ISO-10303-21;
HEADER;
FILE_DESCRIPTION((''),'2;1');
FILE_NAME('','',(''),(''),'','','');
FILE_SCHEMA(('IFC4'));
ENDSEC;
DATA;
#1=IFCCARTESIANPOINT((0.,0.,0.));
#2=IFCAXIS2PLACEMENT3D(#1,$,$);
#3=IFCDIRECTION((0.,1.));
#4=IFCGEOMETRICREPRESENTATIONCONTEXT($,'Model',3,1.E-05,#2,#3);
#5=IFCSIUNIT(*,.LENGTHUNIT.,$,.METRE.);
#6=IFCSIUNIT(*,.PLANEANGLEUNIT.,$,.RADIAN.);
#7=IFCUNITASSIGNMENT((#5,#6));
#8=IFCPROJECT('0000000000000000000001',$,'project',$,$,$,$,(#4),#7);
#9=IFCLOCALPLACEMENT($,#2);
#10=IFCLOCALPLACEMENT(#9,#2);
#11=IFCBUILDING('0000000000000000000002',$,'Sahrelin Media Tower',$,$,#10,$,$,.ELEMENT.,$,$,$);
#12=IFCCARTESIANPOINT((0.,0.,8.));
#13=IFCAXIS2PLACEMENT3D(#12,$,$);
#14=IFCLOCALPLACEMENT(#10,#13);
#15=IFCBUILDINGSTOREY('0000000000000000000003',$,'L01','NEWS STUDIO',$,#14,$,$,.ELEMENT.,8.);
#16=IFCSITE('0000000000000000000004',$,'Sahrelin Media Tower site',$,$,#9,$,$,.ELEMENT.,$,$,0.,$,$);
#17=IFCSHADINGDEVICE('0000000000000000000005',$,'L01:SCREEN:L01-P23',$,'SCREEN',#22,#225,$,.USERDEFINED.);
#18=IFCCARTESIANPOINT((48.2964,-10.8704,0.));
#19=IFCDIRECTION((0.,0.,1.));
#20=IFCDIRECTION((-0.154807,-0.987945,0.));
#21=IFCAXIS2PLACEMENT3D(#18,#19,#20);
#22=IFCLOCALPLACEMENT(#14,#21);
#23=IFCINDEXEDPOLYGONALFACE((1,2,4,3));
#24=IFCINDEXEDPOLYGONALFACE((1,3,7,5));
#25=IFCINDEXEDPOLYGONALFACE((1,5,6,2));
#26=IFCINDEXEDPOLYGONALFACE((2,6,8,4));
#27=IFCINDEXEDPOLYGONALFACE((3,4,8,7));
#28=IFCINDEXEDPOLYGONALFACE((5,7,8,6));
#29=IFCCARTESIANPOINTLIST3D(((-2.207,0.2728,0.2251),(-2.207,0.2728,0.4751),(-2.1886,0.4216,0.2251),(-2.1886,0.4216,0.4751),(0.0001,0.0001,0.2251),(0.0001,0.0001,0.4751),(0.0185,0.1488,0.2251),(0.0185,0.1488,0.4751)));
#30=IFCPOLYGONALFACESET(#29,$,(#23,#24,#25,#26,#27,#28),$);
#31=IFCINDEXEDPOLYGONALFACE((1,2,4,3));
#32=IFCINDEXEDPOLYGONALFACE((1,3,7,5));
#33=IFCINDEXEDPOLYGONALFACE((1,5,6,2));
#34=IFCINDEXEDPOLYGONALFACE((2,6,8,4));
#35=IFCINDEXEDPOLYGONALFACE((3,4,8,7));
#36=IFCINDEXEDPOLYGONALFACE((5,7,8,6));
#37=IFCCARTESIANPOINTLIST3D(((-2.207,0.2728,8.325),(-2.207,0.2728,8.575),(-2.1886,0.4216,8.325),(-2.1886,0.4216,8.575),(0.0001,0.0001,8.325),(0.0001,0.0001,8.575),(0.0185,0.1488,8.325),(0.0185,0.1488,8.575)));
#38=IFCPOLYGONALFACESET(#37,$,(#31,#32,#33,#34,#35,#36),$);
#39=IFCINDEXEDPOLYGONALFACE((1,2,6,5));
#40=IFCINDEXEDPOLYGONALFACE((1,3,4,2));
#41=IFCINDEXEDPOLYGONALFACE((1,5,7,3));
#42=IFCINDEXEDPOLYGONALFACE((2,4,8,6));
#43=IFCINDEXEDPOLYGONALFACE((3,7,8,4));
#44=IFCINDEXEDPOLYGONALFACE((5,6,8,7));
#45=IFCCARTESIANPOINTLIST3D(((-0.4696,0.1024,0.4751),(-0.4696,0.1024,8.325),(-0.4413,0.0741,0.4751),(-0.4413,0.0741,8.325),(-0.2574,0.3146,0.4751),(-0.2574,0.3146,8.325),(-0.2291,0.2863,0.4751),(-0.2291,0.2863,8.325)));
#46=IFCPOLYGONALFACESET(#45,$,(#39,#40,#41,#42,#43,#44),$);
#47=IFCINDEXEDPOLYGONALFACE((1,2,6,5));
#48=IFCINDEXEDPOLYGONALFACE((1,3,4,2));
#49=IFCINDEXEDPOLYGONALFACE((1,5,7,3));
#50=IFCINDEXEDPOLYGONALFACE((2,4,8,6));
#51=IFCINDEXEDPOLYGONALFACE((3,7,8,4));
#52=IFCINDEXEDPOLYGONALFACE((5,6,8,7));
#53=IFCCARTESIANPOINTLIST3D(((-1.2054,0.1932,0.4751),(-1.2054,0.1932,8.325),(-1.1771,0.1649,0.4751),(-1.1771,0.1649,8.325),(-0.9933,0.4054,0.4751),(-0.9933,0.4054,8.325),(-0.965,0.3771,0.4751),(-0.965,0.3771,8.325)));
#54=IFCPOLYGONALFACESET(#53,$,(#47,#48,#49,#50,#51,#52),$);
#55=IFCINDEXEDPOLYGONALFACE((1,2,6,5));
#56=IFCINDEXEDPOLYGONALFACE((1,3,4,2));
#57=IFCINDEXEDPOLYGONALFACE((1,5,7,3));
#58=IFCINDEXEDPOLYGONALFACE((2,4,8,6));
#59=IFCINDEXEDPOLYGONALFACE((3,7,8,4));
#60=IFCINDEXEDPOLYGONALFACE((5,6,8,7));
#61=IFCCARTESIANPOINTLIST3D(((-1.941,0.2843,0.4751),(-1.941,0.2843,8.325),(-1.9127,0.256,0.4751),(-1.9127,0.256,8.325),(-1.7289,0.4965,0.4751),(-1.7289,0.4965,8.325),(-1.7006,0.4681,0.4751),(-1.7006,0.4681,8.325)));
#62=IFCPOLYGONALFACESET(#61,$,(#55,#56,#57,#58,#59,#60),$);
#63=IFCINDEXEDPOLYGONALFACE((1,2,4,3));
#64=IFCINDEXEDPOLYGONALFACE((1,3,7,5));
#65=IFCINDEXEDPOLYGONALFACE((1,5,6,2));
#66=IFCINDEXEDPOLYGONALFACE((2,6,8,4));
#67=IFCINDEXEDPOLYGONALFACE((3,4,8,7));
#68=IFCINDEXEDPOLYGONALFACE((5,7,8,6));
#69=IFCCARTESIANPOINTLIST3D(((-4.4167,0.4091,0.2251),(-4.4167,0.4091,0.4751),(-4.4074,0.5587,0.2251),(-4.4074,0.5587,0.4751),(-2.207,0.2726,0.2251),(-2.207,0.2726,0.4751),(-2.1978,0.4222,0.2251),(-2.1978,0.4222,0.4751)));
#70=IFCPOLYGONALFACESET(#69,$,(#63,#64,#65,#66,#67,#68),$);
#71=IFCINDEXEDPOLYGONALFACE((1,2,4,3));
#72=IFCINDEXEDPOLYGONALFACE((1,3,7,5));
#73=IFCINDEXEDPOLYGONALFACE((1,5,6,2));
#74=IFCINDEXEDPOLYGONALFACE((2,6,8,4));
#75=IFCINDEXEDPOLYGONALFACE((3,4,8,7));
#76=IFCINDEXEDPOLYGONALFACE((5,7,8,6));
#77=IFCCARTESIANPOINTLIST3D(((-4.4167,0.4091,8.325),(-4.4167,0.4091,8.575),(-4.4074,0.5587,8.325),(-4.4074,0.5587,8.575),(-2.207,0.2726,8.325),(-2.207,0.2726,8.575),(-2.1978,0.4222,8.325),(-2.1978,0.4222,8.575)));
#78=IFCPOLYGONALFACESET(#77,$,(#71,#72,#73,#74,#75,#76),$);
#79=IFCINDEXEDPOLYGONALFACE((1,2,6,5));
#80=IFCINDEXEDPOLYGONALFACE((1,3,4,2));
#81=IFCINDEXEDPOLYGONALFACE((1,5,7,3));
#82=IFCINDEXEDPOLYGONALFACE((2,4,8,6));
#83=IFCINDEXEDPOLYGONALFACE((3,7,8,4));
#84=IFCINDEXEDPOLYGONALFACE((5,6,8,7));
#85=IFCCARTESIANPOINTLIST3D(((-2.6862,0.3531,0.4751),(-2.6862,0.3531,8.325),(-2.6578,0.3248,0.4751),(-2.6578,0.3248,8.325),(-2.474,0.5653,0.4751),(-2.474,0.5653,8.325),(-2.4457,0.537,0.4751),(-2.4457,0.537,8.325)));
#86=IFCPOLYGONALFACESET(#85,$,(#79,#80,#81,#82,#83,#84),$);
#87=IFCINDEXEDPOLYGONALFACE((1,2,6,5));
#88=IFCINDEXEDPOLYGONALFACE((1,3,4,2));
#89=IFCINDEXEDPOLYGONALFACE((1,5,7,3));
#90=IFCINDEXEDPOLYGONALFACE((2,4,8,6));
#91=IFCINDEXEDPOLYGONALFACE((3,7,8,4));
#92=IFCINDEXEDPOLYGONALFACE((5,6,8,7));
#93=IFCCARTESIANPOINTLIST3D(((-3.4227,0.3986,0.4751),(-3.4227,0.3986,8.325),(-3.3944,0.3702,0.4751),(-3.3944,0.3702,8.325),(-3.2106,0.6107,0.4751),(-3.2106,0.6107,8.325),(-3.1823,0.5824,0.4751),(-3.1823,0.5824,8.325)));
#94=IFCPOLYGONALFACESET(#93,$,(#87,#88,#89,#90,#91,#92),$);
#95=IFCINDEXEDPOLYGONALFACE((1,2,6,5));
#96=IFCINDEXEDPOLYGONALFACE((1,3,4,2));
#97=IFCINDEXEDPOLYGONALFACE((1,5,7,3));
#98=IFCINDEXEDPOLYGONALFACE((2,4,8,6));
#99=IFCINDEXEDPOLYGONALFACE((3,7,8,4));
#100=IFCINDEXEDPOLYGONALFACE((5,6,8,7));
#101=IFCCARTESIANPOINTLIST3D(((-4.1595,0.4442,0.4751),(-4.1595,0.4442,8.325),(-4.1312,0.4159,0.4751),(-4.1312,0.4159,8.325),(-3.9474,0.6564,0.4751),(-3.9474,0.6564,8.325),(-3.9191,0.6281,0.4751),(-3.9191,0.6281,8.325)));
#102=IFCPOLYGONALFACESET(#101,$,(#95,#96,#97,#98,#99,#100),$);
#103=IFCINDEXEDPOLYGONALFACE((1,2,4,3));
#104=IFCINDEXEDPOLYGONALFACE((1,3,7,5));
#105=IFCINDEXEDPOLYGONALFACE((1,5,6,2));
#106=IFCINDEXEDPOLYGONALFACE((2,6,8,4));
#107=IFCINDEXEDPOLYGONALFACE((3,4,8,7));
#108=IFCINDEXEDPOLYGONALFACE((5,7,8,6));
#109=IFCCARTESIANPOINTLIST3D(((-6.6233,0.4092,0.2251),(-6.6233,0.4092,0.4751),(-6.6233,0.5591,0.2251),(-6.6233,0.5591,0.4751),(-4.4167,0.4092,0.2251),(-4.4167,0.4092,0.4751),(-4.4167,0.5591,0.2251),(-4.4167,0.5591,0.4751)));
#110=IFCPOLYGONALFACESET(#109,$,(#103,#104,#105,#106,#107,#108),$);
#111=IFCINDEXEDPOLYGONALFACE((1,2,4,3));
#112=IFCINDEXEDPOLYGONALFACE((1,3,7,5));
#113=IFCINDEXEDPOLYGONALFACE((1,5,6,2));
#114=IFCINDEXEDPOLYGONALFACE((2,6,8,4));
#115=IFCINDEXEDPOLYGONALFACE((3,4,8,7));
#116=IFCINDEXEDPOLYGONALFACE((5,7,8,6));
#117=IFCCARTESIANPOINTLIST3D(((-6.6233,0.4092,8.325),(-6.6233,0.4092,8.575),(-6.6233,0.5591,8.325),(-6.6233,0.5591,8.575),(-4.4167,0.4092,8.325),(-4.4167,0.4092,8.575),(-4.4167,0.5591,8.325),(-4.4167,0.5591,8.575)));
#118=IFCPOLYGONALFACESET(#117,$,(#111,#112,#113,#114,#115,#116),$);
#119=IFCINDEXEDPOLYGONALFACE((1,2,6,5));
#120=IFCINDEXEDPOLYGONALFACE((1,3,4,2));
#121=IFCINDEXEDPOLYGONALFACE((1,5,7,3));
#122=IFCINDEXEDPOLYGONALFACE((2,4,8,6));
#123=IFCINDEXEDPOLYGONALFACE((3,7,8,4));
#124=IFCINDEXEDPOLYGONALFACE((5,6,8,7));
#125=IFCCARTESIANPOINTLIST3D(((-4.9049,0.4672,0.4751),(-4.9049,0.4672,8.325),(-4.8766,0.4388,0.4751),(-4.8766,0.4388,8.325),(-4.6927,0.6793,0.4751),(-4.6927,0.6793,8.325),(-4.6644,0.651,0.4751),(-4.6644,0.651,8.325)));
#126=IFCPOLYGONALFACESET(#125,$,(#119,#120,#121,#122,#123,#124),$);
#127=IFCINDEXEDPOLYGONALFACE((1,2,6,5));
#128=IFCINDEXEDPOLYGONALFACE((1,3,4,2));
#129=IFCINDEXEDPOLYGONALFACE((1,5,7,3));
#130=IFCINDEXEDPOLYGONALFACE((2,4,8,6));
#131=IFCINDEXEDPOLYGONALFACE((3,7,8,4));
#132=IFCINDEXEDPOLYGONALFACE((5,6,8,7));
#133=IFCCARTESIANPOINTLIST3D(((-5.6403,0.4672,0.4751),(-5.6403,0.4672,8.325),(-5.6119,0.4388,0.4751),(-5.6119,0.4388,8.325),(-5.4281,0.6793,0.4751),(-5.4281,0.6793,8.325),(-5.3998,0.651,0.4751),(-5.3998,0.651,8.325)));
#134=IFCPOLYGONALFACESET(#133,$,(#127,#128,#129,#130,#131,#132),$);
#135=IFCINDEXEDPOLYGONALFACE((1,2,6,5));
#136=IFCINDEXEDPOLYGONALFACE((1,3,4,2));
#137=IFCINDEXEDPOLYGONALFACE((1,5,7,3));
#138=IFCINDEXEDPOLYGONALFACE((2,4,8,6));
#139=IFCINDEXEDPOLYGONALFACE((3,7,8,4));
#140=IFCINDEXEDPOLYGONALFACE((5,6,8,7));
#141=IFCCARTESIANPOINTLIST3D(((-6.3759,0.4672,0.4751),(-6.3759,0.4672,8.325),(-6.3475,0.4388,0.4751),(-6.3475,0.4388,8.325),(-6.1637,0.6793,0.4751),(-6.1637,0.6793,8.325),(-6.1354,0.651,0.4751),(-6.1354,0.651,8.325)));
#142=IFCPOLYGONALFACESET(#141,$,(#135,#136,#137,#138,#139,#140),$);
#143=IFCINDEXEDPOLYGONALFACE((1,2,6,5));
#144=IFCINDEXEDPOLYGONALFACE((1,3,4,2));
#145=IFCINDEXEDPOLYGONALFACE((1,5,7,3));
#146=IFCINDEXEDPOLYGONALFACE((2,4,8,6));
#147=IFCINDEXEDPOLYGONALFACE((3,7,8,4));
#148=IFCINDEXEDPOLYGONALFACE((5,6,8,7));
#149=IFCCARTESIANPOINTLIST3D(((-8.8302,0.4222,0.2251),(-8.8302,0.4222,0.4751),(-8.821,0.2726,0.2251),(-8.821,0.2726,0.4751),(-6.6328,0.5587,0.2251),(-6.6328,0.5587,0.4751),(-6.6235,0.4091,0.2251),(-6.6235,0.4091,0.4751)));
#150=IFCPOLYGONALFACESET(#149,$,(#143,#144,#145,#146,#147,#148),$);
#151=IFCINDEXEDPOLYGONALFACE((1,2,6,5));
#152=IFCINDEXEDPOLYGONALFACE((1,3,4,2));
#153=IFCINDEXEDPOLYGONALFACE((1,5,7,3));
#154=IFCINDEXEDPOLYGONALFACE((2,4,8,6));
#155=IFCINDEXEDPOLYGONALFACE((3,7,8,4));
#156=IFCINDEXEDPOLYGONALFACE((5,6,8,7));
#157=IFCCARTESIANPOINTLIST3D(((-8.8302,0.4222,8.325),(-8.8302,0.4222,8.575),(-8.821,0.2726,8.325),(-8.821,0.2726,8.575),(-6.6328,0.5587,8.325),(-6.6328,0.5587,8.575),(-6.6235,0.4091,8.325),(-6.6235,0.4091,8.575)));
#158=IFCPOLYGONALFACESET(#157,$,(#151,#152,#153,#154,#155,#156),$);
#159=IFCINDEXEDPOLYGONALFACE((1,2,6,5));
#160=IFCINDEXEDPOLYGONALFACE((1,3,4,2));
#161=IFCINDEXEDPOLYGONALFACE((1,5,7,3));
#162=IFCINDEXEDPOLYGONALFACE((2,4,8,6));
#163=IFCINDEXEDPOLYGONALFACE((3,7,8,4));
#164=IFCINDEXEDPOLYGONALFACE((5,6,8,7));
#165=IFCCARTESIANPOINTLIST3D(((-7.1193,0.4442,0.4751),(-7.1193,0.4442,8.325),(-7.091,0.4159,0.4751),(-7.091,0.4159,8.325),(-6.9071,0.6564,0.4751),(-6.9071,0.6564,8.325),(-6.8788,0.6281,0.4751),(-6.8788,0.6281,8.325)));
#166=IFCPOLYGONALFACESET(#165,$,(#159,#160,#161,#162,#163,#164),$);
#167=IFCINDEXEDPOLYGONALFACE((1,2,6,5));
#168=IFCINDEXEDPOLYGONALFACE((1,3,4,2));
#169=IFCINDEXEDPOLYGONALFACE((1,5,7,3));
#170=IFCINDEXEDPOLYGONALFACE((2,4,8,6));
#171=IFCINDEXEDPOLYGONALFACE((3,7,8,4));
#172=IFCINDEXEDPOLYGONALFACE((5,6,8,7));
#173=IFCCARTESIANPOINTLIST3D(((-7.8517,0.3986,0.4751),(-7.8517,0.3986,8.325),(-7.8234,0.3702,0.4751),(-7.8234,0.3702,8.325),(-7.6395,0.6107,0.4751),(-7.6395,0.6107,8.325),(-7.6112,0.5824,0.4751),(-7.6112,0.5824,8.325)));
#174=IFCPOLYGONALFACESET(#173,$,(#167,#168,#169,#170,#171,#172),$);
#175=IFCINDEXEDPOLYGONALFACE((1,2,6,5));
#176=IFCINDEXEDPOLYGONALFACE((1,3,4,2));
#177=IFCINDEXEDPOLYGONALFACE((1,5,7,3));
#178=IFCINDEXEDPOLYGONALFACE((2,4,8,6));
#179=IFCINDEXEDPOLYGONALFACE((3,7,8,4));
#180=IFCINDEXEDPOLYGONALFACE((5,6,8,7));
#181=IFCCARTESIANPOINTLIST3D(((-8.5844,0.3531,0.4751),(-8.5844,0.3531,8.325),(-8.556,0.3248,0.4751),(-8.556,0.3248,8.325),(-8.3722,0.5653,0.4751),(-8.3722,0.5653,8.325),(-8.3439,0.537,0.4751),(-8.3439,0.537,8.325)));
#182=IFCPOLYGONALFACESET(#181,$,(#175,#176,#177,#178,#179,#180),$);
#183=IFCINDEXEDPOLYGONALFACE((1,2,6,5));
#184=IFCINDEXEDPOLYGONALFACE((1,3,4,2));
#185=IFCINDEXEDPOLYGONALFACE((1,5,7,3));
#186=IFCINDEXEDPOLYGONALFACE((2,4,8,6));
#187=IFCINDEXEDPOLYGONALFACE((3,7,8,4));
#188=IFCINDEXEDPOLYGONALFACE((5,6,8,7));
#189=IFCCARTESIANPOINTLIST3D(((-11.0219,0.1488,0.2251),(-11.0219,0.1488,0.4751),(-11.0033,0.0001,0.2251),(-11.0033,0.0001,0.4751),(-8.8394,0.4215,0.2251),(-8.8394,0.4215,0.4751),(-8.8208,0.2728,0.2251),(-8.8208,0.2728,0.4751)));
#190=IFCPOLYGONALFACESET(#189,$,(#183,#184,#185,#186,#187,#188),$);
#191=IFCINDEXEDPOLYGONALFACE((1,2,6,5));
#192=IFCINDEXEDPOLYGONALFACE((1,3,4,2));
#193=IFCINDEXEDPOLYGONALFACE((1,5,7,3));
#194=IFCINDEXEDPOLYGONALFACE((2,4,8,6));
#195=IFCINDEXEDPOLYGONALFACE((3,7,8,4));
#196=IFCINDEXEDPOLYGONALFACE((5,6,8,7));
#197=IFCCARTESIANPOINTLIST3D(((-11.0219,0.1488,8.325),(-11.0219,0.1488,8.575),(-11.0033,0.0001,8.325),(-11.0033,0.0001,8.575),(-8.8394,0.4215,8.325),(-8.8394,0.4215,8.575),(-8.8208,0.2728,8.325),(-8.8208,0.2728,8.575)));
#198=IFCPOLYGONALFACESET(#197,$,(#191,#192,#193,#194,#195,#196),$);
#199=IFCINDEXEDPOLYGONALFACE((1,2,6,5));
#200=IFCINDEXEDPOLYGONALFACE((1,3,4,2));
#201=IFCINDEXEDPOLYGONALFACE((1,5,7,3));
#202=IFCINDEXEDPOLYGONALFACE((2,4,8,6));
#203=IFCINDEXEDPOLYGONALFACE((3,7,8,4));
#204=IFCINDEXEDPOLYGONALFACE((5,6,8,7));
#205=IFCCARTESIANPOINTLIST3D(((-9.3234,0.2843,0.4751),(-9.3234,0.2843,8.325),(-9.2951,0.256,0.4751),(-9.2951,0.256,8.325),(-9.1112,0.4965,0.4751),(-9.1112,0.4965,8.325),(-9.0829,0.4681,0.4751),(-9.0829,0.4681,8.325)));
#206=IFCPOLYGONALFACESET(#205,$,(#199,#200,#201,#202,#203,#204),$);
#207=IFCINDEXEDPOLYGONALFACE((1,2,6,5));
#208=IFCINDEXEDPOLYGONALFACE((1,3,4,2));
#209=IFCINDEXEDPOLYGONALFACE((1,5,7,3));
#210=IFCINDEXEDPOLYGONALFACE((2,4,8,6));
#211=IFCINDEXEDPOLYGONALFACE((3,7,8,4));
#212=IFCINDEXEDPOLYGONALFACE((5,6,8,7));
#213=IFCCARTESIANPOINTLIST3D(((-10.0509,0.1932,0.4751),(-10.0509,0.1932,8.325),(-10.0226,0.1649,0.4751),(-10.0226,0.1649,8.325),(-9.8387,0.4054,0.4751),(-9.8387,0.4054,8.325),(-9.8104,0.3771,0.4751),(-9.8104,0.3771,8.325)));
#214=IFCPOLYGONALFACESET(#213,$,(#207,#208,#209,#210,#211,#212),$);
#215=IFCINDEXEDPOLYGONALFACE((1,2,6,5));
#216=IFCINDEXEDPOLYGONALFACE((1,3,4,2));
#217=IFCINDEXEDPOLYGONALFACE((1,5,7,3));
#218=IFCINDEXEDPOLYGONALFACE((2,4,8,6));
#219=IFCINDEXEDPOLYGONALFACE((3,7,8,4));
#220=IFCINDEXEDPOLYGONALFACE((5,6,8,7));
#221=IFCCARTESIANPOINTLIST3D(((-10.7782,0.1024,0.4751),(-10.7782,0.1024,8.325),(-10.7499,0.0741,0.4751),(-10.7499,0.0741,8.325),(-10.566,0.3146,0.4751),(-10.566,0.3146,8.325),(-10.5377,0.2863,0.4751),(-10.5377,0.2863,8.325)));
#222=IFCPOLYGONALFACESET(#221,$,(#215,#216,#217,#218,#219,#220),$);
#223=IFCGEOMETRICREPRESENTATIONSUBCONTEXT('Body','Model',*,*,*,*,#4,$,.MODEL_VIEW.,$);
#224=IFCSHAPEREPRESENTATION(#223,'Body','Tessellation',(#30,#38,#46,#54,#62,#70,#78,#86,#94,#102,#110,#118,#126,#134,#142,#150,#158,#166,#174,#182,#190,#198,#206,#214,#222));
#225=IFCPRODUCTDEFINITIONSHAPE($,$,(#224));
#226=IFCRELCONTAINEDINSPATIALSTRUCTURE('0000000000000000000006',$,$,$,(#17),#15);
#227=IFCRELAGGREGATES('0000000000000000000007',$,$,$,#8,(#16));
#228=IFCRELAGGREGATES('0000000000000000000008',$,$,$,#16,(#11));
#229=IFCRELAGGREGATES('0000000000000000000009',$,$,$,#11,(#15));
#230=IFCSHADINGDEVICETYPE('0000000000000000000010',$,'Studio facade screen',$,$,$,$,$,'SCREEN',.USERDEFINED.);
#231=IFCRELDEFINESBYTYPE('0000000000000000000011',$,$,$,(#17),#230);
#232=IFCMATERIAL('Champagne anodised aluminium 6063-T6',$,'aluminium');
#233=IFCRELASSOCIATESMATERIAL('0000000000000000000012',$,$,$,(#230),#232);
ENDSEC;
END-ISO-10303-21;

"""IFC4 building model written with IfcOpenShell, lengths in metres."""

from ifc_helpers import new_model, si_unit, direction, frame, origin, origin_2d, place, context, subcontext, project, spatial, rectangle, extrude, material, type_object, element, save


model = new_model("IFC4")

# Units and contexts
model_context = context("Model", 3, precision=1e-05, world=origin(), true_north=direction((0.0, 1.0)))
body_context = subcontext(model_context, "Body", "Model", "MODEL_VIEW")
ifc_project = project(units=[si_unit("LENGTHUNIT", "METRE"), si_unit("PLANEANGLEUNIT", "RADIAN")], contexts=[model_context])

# Site, building, storey
site_placement = place(None, origin())
site = spatial("IfcSite", under=ifc_project, at=site_placement, Name="Sahrelin Media Tower site", CompositionType="ELEMENT", RefElevation=0.0)
building_placement = place(site_placement, origin())
building = spatial("IfcBuilding", under=site, at=building_placement, Name="Sahrelin Media Tower", CompositionType="ELEMENT")
storey_placement = place(building_placement, frame((0.0, 0.0, 8.0)))
storey = spatial("IfcBuildingStorey", under=building, at=storey_placement, Name="L01", Description="NEWS STUDIO", CompositionType="ELEMENT", Elevation=8.0)

# Shading device
ifc_material_1 = material(Name="Champagne anodised aluminium 6063-T6", Category="aluminium")
shading_device_type = type_object("IfcShadingDeviceType", Name="Studio facade screen", ElementType="SCREEN", PredefinedType="USERDEFINED", material=ifc_material_1)
shading_device_placement = place(storey_placement, frame((48.2964, -10.8704, 0.0), z_axis=(0.0, 0.0, 1.0), x_axis=(-0.154807, -0.987945, 0.0)))
element("IfcShadingDevice", 1, at=shading_device_placement, inside=storey, type_object=shading_device_type, Name="L01:SCREEN:L01-P23", ObjectType="SCREEN", PredefinedType="USERDEFINED", context=body_context, shape_type="SweptSolid", body=[
    extrude(rectangle(XDim=0.1499, YDim=0.25, at=origin_2d()), frame((0.0093, 0.0745, 0.3501), z_axis=(-0.992453, 0.122629, 0.0), x_axis=(-0.122629, -0.992453, 0.0)), (0.0, 0.0, 1.0), 2.2239),
    extrude(rectangle(XDim=0.1499, YDim=0.25, at=origin_2d()), frame((0.0093, 0.0745, 8.45), z_axis=(-0.992453, 0.122629, 0.0), x_axis=(-0.122629, -0.992453, 0.0)), (0.0, 0.0, 1.0), 2.2239),
    extrude(rectangle(XDim=0.3, YDim=0.04, at=origin_2d()), frame((-0.3494, 0.1943, 0.4751), z_axis=(0.0, 0.0, 1.0), x_axis=(0.707107, 0.707107, 0.0)), (0.0, 0.0, 1.0), 7.8499),
    extrude(rectangle(XDim=0.3, YDim=0.04, at=origin_2d()), frame((-1.0852, 0.2852, 0.4751), z_axis=(0.0, 0.0, 1.0), x_axis=(0.707107, 0.707107, 0.0)), (0.0, 0.0, 1.0), 7.8499),
    extrude(rectangle(XDim=0.3, YDim=0.04, at=origin_2d()), frame((-1.8208, 0.3762, 0.4751), z_axis=(0.0, 0.0, 1.0), x_axis=(0.707107, 0.707107, 0.0)), (0.0, 0.0, 1.0), 7.8499),
    extrude(rectangle(XDim=0.1499, YDim=0.25, at=origin_2d()), frame((-2.2024, 0.3474, 0.3501), z_axis=(-0.998098, 0.061644, 0.0), x_axis=(-0.061644, -0.998098, 0.0)), (0.0, 0.0, 1.0), 2.2139),
    extrude(rectangle(XDim=0.1499, YDim=0.25, at=origin_2d()), frame((-2.2024, 0.3474, 8.45), z_axis=(-0.998098, 0.061644, 0.0), x_axis=(-0.061644, -0.998098, 0.0)), (0.0, 0.0, 1.0), 2.2139),
    extrude(rectangle(XDim=0.3, YDim=0.04, at=origin_2d()), frame((-2.5659, 0.4451, 0.4751), z_axis=(0.0, 0.0, 1.0), x_axis=(0.707107, 0.707107, 0.0)), (0.0, 0.0, 1.0), 7.8499),
    extrude(rectangle(XDim=0.3, YDim=0.04, at=origin_2d()), frame((-3.3025, 0.4905, 0.4751), z_axis=(0.0, 0.0, 1.0), x_axis=(0.707107, 0.707107, 0.0)), (0.0, 0.0, 1.0), 7.8499),
    extrude(rectangle(XDim=0.3, YDim=0.04, at=origin_2d()), frame((-4.0393, 0.5361, 0.4751), z_axis=(0.0, 0.0, 1.0), x_axis=(0.707107, 0.707107, 0.0)), (0.0, 0.0, 1.0), 7.8499),
    extrude(rectangle(XDim=0.1499, YDim=0.25, at=origin_2d()), frame((-4.4167, 0.4841, 0.3501), z_axis=(-1.0, 0.0, 0.0), x_axis=(0.0, -1.0, 0.0)), (0.0, 0.0, 1.0), 2.2065),
    extrude(rectangle(XDim=0.1499, YDim=0.25, at=origin_2d()), frame((-4.4167, 0.4841, 8.45), z_axis=(-1.0, 0.0, 0.0), x_axis=(0.0, -1.0, 0.0)), (0.0, 0.0, 1.0), 2.2065),
    extrude(rectangle(XDim=0.3, YDim=0.04, at=origin_2d()), frame((-4.7847, 0.5591, 0.4751), z_axis=(0.0, 0.0, 1.0), x_axis=(0.707107, 0.707107, 0.0)), (0.0, 0.0, 1.0), 7.8499),
    extrude(rectangle(XDim=0.3, YDim=0.04, at=origin_2d()), frame((-5.52, 0.5591, 0.4751), z_axis=(0.0, 0.0, 1.0), x_axis=(0.707107, 0.707107, 0.0)), (0.0, 0.0, 1.0), 7.8499),
    extrude(rectangle(XDim=0.3, YDim=0.04, at=origin_2d()), frame((-6.2556, 0.5591, 0.4751), z_axis=(0.0, 0.0, 1.0), x_axis=(0.707107, 0.707107, 0.0)), (0.0, 0.0, 1.0), 7.8499),
    extrude(rectangle(XDim=0.1499, YDim=0.25, at=origin_2d()), frame((-6.6282, 0.4839, 0.3501), z_axis=(-0.998077, -0.061985, 0.0), x_axis=(0.061985, -0.998077, 0.0)), (0.0, 0.0, 1.0), 2.2017),
    extrude(rectangle(XDim=0.1499, YDim=0.25, at=origin_2d()), frame((-6.6282, 0.4839, 8.45), z_axis=(-0.998077, -0.061985, 0.0), x_axis=(0.061985, -0.998077, 0.0)), (0.0, 0.0, 1.0), 2.2017),
    extrude(rectangle(XDim=0.3, YDim=0.04, at=origin_2d()), frame((-6.999, 0.5361, 0.4751), z_axis=(0.0, 0.0, 1.0), x_axis=(0.707107, 0.707107, 0.0)), (0.0, 0.0, 1.0), 7.8499),
    extrude(rectangle(XDim=0.3, YDim=0.04, at=origin_2d()), frame((-7.7314, 0.4905, 0.4751), z_axis=(0.0, 0.0, 1.0), x_axis=(0.707107, 0.707107, 0.0)), (0.0, 0.0, 1.0), 7.8499),
    extrude(rectangle(XDim=0.3, YDim=0.04, at=origin_2d()), frame((-8.4641, 0.4451, 0.4751), z_axis=(0.0, 0.0, 1.0), x_axis=(0.707107, 0.707107, 0.0)), (0.0, 0.0, 1.0), 7.8499),
    extrude(rectangle(XDim=0.1499, YDim=0.25, at=origin_2d()), frame((-8.8301, 0.3472, 0.3501), z_axis=(-0.992283, -0.123994, 0.0), x_axis=(0.123994, -0.992283, 0.0)), (0.0, 0.0, 1.0), 2.1995),
    extrude(rectangle(XDim=0.1499, YDim=0.25, at=origin_2d()), frame((-8.8301, 0.3472, 8.45), z_axis=(-0.992283, -0.123994, 0.0), x_axis=(0.123994, -0.992283, 0.0)), (0.0, 0.0, 1.0), 2.1995),
    extrude(rectangle(XDim=0.3, YDim=0.04, at=origin_2d()), frame((-9.2031, 0.3762, 0.4751), z_axis=(0.0, 0.0, 1.0), x_axis=(0.707107, 0.707107, 0.0)), (0.0, 0.0, 1.0), 7.8499),
    extrude(rectangle(XDim=0.3, YDim=0.04, at=origin_2d()), frame((-9.9307, 0.2852, 0.4751), z_axis=(0.0, 0.0, 1.0), x_axis=(0.707107, 0.707107, 0.0)), (0.0, 0.0, 1.0), 7.8499),
    extrude(rectangle(XDim=0.3, YDim=0.04, at=origin_2d()), frame((-10.658, 0.1943, 0.4751), z_axis=(0.0, 0.0, 1.0), x_axis=(0.707107, 0.707107, 0.0)), (0.0, 0.0, 1.0), 7.8499),
])

save(model, "model.ifc")
